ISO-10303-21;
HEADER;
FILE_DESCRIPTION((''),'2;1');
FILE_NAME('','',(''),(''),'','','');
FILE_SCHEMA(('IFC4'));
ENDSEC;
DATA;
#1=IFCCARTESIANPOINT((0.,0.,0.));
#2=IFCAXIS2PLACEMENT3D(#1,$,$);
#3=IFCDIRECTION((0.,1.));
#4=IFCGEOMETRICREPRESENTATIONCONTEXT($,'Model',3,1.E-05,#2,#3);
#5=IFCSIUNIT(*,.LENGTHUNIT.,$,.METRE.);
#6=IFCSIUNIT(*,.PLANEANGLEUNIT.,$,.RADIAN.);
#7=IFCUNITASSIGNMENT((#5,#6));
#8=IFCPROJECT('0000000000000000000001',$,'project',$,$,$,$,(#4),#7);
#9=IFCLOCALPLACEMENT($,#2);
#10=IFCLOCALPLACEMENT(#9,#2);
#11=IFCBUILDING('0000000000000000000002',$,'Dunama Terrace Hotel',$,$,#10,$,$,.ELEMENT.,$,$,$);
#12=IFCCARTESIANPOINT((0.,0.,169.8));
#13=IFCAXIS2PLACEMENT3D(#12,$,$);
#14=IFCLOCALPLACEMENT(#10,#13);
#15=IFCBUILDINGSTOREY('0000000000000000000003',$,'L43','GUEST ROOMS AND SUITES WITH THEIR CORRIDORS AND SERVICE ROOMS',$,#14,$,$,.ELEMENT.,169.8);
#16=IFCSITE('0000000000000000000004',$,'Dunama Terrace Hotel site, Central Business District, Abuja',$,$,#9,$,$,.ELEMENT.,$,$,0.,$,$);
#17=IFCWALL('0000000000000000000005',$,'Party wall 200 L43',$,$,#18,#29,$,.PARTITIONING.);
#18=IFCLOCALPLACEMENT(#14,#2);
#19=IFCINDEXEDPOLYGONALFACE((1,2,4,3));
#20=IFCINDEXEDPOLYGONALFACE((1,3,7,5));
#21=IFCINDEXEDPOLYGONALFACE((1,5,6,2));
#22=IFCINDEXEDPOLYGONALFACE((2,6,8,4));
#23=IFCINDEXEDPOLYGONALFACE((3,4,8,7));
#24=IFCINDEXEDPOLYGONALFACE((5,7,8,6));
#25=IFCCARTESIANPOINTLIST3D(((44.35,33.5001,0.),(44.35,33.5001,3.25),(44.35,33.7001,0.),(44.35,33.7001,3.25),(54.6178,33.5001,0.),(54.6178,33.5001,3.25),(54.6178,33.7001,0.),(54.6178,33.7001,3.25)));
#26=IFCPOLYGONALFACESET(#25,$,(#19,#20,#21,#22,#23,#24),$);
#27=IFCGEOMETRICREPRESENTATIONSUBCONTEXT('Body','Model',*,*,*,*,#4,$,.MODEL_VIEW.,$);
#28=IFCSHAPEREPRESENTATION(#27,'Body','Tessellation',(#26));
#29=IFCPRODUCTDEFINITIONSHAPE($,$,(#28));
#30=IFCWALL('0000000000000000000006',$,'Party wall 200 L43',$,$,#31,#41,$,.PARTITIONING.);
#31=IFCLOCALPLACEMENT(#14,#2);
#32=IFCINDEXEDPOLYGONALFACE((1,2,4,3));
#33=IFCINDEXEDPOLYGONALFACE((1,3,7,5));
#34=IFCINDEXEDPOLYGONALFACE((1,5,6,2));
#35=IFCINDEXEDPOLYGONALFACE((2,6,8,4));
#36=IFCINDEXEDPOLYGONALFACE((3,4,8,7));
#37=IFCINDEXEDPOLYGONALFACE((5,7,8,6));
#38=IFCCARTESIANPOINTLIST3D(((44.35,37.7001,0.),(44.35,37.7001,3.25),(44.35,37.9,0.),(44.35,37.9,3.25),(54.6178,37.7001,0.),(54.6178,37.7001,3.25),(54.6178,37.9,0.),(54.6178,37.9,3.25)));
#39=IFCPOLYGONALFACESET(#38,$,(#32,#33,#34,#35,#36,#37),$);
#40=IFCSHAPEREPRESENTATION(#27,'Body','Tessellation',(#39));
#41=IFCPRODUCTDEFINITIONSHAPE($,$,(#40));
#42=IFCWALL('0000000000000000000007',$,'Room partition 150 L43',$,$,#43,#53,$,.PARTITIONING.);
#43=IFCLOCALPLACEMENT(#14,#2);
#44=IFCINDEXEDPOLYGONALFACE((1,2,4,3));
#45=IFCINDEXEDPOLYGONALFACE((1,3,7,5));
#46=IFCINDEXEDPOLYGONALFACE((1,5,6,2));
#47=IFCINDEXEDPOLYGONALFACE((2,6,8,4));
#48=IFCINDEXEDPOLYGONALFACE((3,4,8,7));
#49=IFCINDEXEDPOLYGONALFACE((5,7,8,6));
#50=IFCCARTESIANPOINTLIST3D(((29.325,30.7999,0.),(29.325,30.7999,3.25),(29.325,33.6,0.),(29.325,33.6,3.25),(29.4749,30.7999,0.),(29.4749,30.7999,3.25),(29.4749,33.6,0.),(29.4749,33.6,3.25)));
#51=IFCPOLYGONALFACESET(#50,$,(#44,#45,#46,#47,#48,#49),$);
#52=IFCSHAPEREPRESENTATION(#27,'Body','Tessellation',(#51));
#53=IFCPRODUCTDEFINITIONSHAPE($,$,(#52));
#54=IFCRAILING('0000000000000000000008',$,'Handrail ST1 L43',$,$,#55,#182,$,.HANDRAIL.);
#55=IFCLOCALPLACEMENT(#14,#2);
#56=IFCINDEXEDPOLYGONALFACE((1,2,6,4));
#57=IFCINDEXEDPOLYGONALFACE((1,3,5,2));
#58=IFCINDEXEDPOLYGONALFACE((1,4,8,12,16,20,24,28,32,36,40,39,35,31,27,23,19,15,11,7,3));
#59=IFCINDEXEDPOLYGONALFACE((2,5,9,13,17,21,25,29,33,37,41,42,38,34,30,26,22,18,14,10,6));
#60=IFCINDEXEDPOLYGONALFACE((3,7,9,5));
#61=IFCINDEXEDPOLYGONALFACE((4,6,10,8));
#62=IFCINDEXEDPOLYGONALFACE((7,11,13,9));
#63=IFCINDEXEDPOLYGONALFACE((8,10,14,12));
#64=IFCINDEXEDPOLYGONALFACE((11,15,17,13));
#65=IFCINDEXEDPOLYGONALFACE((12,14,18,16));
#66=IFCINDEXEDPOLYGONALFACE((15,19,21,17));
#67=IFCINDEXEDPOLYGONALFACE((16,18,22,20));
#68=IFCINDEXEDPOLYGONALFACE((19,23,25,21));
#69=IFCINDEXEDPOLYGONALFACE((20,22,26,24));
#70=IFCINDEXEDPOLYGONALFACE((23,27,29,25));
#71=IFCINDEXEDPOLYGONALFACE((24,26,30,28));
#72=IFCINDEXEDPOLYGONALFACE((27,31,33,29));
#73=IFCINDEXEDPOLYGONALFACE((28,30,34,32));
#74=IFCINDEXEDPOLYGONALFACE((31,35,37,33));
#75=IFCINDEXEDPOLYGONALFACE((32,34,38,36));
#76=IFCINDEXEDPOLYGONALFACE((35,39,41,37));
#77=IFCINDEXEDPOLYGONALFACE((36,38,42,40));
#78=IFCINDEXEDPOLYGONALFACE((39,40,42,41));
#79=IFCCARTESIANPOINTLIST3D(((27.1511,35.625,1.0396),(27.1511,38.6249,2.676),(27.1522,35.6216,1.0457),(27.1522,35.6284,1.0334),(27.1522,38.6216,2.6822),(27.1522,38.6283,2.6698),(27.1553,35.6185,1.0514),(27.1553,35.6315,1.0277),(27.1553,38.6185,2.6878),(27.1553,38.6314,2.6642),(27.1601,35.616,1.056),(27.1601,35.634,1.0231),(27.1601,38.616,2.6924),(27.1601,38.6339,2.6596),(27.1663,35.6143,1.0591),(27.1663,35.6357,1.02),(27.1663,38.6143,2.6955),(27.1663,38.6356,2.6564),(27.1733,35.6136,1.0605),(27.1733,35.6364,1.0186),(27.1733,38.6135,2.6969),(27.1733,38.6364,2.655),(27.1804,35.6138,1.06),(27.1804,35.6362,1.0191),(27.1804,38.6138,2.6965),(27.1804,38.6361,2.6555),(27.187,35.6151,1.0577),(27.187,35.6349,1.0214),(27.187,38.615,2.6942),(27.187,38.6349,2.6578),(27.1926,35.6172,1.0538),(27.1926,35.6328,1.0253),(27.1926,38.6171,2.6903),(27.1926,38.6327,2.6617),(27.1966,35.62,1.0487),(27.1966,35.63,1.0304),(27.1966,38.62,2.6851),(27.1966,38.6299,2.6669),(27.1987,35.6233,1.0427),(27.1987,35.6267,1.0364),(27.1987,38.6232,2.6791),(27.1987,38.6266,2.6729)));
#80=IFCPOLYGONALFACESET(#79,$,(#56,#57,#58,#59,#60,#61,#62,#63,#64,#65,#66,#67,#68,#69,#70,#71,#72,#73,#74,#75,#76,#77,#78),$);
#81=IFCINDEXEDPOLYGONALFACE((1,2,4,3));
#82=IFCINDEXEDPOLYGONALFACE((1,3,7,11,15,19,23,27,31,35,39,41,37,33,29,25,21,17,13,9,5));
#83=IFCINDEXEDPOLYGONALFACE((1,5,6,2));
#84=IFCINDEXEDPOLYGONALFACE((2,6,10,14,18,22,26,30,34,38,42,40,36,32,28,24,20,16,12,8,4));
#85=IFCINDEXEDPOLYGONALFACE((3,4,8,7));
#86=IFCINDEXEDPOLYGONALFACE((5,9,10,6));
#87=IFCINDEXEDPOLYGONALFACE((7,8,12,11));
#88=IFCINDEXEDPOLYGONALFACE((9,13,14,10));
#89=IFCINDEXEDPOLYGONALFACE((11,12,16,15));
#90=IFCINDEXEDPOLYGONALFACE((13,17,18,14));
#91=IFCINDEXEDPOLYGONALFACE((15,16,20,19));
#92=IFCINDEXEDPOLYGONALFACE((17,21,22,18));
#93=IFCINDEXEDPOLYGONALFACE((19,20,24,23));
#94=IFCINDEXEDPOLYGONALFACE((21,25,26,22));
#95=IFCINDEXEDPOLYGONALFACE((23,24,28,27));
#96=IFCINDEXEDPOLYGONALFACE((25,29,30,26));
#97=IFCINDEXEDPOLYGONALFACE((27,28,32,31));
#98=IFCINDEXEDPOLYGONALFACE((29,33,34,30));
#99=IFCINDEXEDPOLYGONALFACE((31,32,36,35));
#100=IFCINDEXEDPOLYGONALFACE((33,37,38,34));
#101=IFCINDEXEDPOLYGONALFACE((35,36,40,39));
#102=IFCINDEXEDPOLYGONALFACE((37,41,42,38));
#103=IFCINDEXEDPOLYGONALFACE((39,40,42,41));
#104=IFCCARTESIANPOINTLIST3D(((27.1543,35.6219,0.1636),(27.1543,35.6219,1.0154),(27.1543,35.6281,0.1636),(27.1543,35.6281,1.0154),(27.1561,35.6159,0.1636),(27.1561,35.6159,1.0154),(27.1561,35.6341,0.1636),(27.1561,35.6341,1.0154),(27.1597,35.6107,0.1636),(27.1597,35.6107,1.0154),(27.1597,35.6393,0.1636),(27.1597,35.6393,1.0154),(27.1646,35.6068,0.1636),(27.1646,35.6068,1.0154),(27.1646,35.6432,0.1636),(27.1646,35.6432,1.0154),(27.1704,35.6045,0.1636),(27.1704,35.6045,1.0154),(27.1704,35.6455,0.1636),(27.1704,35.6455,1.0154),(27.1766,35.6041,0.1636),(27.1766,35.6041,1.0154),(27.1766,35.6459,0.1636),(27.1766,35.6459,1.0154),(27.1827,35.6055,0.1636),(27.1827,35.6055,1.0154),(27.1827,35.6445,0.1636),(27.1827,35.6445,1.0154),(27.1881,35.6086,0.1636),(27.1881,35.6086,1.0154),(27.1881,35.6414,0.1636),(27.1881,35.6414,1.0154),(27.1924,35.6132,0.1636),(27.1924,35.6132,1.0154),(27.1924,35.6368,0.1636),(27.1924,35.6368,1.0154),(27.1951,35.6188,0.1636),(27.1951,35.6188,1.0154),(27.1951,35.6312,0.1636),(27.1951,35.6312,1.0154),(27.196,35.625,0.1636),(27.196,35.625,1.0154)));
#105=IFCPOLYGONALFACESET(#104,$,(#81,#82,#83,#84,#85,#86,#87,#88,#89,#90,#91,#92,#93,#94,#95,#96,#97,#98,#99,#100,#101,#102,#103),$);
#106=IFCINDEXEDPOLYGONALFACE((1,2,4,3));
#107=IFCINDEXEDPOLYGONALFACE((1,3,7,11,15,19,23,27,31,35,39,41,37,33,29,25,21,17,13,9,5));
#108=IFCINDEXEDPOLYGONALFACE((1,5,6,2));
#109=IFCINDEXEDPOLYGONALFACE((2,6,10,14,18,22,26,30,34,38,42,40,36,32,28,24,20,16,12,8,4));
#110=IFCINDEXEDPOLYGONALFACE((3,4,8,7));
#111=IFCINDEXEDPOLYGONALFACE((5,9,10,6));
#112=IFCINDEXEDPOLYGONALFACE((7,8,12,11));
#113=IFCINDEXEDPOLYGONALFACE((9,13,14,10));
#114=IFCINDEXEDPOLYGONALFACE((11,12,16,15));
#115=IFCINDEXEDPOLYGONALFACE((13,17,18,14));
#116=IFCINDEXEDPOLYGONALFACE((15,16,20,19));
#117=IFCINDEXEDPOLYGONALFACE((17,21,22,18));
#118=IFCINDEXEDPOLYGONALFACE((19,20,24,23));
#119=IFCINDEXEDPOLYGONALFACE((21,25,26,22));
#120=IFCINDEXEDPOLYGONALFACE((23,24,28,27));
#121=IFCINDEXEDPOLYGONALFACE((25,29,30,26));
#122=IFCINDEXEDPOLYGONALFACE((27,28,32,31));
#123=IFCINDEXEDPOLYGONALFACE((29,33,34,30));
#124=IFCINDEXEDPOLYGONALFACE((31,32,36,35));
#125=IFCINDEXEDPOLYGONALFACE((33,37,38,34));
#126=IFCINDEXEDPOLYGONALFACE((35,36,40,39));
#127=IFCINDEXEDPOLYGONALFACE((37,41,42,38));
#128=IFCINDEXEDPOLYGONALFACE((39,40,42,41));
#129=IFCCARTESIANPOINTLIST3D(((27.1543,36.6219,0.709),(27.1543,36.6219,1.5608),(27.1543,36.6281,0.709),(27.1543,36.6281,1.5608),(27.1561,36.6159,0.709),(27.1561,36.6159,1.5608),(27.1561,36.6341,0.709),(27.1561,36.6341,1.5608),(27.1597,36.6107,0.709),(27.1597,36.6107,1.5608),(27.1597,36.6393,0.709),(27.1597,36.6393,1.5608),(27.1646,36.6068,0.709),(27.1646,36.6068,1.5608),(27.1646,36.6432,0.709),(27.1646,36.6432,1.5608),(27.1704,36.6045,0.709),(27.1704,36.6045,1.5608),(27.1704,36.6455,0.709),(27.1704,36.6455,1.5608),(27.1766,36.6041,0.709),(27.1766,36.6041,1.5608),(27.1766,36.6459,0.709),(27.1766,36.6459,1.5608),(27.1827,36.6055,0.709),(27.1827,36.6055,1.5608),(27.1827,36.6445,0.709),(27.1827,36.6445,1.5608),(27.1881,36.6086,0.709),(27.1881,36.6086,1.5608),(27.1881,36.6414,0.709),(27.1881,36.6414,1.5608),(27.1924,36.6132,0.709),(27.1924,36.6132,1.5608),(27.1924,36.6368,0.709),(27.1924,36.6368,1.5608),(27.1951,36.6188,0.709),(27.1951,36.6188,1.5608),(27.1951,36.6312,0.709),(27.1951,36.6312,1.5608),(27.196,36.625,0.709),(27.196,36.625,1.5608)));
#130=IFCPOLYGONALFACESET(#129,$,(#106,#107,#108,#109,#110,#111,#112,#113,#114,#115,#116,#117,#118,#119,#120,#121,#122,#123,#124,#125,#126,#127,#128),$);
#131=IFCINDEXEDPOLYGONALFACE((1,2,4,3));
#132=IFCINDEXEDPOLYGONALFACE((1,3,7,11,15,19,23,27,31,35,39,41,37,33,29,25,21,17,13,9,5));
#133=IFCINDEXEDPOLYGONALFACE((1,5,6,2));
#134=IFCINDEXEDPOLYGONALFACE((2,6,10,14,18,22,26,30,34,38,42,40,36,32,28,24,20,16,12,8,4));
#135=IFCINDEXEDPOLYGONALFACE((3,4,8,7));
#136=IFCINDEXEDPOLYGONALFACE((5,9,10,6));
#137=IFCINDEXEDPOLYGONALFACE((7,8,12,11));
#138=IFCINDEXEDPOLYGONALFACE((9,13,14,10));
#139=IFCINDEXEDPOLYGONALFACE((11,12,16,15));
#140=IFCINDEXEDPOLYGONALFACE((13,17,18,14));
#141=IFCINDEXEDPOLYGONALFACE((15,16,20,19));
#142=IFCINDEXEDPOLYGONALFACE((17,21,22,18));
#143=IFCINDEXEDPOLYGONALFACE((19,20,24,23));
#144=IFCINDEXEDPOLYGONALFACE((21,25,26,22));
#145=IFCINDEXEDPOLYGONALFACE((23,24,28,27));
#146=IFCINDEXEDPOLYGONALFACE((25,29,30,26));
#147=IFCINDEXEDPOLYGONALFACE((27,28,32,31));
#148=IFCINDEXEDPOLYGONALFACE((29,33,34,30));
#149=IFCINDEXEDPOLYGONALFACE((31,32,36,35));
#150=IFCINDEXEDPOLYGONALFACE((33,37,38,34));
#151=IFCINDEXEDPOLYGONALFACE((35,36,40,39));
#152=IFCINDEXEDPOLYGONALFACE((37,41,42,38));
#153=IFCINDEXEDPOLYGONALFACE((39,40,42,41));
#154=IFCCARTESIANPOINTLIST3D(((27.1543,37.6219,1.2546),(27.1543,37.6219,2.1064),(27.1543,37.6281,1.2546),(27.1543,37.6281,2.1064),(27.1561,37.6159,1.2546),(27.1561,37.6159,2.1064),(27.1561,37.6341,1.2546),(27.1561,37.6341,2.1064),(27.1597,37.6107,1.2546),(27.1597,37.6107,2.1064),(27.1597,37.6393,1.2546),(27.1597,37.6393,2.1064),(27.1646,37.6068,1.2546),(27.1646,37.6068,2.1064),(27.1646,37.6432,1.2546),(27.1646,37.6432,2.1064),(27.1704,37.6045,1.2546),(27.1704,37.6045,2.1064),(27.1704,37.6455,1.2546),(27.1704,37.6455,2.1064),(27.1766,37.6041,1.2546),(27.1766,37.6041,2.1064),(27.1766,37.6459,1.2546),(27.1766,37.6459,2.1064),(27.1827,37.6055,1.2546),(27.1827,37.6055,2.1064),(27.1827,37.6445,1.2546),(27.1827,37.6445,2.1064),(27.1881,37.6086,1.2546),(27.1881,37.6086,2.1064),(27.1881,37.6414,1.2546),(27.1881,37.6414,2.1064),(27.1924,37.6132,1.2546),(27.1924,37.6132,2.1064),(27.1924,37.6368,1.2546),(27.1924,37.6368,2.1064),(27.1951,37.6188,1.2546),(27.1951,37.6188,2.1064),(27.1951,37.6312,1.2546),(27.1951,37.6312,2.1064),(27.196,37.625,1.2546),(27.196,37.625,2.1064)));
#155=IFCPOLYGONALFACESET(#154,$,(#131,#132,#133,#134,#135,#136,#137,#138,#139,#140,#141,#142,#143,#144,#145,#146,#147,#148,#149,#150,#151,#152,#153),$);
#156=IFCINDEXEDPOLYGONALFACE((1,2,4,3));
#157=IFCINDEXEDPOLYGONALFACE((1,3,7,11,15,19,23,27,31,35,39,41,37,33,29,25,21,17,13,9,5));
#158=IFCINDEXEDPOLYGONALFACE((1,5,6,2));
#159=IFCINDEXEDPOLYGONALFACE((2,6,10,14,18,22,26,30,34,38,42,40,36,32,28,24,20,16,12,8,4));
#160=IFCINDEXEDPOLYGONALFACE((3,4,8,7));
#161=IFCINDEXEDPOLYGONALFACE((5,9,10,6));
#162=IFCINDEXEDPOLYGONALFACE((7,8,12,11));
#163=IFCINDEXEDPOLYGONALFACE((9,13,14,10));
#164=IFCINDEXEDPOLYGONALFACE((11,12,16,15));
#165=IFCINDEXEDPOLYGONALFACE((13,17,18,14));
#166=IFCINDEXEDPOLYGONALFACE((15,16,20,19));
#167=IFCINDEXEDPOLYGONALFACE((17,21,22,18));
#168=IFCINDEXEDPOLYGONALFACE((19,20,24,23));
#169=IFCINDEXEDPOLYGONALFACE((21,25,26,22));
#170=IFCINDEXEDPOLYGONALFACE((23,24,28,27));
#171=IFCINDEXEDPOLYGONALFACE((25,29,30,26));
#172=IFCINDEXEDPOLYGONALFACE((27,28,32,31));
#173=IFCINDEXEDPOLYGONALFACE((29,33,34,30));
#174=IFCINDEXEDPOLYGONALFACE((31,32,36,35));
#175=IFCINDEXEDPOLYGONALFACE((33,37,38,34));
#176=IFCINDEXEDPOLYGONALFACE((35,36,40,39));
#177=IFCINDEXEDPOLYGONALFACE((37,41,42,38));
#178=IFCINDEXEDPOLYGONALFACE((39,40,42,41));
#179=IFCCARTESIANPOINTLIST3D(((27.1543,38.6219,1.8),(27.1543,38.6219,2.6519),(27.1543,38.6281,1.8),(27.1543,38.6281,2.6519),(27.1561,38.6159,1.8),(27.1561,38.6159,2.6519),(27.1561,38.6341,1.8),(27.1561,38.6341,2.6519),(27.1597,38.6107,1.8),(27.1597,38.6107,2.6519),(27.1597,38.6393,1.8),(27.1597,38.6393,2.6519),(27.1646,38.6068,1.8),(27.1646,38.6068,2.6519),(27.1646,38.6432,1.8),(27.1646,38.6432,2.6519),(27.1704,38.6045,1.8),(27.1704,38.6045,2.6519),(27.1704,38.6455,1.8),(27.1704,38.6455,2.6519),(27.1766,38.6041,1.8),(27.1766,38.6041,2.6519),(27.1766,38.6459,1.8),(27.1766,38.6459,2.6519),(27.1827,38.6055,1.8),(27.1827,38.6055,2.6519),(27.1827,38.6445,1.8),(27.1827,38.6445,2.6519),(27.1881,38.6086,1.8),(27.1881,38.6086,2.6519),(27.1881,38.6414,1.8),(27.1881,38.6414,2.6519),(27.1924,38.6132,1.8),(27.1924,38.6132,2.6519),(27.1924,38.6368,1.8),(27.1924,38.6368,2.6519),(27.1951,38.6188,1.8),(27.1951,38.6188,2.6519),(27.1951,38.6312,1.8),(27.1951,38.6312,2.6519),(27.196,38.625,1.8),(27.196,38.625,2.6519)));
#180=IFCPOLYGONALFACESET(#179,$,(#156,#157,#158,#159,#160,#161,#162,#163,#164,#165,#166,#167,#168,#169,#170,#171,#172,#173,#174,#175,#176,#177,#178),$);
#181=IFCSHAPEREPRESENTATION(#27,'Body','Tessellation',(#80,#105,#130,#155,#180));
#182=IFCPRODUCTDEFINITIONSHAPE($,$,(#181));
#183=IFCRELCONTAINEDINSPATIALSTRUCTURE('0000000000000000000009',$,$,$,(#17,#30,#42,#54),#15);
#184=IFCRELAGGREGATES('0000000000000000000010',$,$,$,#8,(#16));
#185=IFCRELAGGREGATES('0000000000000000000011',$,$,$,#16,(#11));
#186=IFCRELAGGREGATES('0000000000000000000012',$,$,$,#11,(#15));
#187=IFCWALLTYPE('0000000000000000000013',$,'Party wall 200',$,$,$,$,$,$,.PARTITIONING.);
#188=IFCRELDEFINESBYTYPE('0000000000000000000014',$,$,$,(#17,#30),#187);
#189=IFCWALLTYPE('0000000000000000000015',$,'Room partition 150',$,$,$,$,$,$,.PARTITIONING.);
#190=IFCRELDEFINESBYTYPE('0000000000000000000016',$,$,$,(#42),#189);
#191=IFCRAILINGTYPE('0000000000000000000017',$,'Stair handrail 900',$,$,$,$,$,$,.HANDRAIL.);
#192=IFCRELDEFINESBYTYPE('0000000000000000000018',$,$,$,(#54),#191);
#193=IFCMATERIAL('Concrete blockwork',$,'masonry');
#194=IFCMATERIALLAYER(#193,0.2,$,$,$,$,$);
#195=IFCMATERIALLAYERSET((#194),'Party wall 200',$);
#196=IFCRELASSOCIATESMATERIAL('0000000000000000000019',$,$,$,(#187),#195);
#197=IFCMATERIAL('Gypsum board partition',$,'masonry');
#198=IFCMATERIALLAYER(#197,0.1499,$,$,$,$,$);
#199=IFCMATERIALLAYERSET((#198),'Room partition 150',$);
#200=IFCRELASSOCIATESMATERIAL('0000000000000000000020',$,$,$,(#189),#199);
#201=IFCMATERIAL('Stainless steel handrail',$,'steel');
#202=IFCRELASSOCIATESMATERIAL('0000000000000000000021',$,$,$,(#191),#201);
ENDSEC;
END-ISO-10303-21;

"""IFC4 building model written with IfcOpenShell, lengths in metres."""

from ifc_helpers import new_model, si_unit, direction, frame, frame_2d, origin, origin_2d, place, context, subcontext, project, spatial, rectangle, circle, extrude, material, layer, layer_set, type_object, element, save


model = new_model("IFC4")

# Units and contexts
model_context = context("Model", 3, precision=1e-05, world=origin(), true_north=direction((0.0, 1.0)))
body_context = subcontext(model_context, "Body", "Model", "MODEL_VIEW")
ifc_project = project(units=[si_unit("LENGTHUNIT", "METRE"), si_unit("PLANEANGLEUNIT", "RADIAN")], contexts=[model_context])

# Site, building, storey
site_placement = place(None, origin())
site = spatial("IfcSite", under=ifc_project, at=site_placement, Name="Dunama Terrace Hotel site, Central Business District, Abuja", CompositionType="ELEMENT", RefElevation=0.0)
building_placement = place(site_placement, origin())
building = spatial("IfcBuilding", under=site, at=building_placement, Name="Dunama Terrace Hotel", CompositionType="ELEMENT")
storey_placement = place(building_placement, frame((0.0, 0.0, 169.8)))
storey = spatial("IfcBuildingStorey", under=building, at=storey_placement, Name="L43", Description="GUEST ROOMS AND SUITES WITH THEIR CORRIDORS AND SERVICE ROOMS", CompositionType="ELEMENT", Elevation=169.8)

# Walls
ifc_material_1 = material(Name="Concrete blockwork", Category="masonry")
ifc_layer_1 = layer(ifc_material_1, 0.2)
ifc_layer_set_1 = layer_set([ifc_layer_1], Name="Party wall 200")
wall_type_1 = type_object("IfcWallType", Name="Party wall 200", PredefinedType="PARTITIONING", material=ifc_layer_set_1)
for number, where, z_axis, x_axis, name in (
    (1, (44.3501, 33.6001, 0.0), (0.0, 0.0, 1.0), (1.0, 0.0, 0.0), "Party wall 200 L43"),
    (2, (44.3501, 37.8, 0.0), (0.0, 0.0, 1.0), (1.0, 0.0, 0.0), "Party wall 200 L43"),
):
    element("IfcWall", number, at=place(storey_placement, frame(where, z_axis=z_axis, x_axis=x_axis)), inside=storey, type_object=wall_type_1, Name=name, PredefinedType="PARTITIONING", context=body_context, shape_type="SweptSolid", body=[
        extrude(rectangle(XDim=10.2678, YDim=0.2, at=frame_2d((5.1338, 0.0))), origin(), (0.0, 0.0, 1.0), 3.25),
    ])
ifc_material_2 = material(Name="Gypsum board partition", Category="masonry")
ifc_layer_2 = layer(ifc_material_2, 0.1499)
ifc_layer_set_2 = layer_set([ifc_layer_2], Name="Room partition 150")
wall_type_2 = type_object("IfcWallType", Name="Room partition 150", PredefinedType="PARTITIONING", material=ifc_layer_set_2)
wall_1_placement = place(storey_placement, frame((29.3999, 30.8, 0.0), z_axis=(0.0, 0.0, 1.0), x_axis=(0.0, 1.0, 0.0)))
element("IfcWall", 3, at=wall_1_placement, inside=storey, type_object=wall_type_2, Name="Room partition 150 L43", PredefinedType="PARTITIONING", context=body_context, shape_type="SweptSolid", body=[
    extrude(rectangle(XDim=2.8, YDim=0.1499, at=frame_2d((1.3999, 0.0))), origin(), (0.0, 0.0, 1.0), 3.25),
])

# Railing
ifc_material_3 = material(Name="Stainless steel handrail", Category="steel")
railing_type = type_object("IfcRailingType", Name="Stair handrail 900", PredefinedType="HANDRAIL", material=ifc_material_3)
railing_placement = place(storey_placement, frame((27.175, 35.625, 0.1636)))
element("IfcRailing", 4, at=railing_placement, inside=storey, type_object=railing_type, Name="Handrail ST1 L43", PredefinedType="HANDRAIL", context=body_context, shape_type="SweptSolid", body=[
    extrude(circle(Radius=0.0239, at=origin_2d()), frame((0.0, 0.0, 0.876), z_axis=(0.0, 0.877882, 0.478877), x_axis=(-1.0, 0.0, 0.0)), (0.0, 0.0, 1.0), 3.4172),
    extrude(circle(Radius=0.021, at=origin_2d()), origin(), (0.0, 0.0, 1.0), 0.8518),
    extrude(circle(Radius=0.021, at=origin_2d()), frame((0.0, 1.0, 0.5454)), (0.0, 0.0, 1.0), 0.8518),
    extrude(circle(Radius=0.021, at=origin_2d()), frame((0.0, 2.0, 1.0911)), (0.0, 0.0, 1.0), 0.8518),
    extrude(circle(Radius=0.021, at=origin_2d()), frame((0.0, 3.0, 1.6365)), (0.0, 0.0, 1.0), 0.8518),
])

save(model, "model.ifc")
